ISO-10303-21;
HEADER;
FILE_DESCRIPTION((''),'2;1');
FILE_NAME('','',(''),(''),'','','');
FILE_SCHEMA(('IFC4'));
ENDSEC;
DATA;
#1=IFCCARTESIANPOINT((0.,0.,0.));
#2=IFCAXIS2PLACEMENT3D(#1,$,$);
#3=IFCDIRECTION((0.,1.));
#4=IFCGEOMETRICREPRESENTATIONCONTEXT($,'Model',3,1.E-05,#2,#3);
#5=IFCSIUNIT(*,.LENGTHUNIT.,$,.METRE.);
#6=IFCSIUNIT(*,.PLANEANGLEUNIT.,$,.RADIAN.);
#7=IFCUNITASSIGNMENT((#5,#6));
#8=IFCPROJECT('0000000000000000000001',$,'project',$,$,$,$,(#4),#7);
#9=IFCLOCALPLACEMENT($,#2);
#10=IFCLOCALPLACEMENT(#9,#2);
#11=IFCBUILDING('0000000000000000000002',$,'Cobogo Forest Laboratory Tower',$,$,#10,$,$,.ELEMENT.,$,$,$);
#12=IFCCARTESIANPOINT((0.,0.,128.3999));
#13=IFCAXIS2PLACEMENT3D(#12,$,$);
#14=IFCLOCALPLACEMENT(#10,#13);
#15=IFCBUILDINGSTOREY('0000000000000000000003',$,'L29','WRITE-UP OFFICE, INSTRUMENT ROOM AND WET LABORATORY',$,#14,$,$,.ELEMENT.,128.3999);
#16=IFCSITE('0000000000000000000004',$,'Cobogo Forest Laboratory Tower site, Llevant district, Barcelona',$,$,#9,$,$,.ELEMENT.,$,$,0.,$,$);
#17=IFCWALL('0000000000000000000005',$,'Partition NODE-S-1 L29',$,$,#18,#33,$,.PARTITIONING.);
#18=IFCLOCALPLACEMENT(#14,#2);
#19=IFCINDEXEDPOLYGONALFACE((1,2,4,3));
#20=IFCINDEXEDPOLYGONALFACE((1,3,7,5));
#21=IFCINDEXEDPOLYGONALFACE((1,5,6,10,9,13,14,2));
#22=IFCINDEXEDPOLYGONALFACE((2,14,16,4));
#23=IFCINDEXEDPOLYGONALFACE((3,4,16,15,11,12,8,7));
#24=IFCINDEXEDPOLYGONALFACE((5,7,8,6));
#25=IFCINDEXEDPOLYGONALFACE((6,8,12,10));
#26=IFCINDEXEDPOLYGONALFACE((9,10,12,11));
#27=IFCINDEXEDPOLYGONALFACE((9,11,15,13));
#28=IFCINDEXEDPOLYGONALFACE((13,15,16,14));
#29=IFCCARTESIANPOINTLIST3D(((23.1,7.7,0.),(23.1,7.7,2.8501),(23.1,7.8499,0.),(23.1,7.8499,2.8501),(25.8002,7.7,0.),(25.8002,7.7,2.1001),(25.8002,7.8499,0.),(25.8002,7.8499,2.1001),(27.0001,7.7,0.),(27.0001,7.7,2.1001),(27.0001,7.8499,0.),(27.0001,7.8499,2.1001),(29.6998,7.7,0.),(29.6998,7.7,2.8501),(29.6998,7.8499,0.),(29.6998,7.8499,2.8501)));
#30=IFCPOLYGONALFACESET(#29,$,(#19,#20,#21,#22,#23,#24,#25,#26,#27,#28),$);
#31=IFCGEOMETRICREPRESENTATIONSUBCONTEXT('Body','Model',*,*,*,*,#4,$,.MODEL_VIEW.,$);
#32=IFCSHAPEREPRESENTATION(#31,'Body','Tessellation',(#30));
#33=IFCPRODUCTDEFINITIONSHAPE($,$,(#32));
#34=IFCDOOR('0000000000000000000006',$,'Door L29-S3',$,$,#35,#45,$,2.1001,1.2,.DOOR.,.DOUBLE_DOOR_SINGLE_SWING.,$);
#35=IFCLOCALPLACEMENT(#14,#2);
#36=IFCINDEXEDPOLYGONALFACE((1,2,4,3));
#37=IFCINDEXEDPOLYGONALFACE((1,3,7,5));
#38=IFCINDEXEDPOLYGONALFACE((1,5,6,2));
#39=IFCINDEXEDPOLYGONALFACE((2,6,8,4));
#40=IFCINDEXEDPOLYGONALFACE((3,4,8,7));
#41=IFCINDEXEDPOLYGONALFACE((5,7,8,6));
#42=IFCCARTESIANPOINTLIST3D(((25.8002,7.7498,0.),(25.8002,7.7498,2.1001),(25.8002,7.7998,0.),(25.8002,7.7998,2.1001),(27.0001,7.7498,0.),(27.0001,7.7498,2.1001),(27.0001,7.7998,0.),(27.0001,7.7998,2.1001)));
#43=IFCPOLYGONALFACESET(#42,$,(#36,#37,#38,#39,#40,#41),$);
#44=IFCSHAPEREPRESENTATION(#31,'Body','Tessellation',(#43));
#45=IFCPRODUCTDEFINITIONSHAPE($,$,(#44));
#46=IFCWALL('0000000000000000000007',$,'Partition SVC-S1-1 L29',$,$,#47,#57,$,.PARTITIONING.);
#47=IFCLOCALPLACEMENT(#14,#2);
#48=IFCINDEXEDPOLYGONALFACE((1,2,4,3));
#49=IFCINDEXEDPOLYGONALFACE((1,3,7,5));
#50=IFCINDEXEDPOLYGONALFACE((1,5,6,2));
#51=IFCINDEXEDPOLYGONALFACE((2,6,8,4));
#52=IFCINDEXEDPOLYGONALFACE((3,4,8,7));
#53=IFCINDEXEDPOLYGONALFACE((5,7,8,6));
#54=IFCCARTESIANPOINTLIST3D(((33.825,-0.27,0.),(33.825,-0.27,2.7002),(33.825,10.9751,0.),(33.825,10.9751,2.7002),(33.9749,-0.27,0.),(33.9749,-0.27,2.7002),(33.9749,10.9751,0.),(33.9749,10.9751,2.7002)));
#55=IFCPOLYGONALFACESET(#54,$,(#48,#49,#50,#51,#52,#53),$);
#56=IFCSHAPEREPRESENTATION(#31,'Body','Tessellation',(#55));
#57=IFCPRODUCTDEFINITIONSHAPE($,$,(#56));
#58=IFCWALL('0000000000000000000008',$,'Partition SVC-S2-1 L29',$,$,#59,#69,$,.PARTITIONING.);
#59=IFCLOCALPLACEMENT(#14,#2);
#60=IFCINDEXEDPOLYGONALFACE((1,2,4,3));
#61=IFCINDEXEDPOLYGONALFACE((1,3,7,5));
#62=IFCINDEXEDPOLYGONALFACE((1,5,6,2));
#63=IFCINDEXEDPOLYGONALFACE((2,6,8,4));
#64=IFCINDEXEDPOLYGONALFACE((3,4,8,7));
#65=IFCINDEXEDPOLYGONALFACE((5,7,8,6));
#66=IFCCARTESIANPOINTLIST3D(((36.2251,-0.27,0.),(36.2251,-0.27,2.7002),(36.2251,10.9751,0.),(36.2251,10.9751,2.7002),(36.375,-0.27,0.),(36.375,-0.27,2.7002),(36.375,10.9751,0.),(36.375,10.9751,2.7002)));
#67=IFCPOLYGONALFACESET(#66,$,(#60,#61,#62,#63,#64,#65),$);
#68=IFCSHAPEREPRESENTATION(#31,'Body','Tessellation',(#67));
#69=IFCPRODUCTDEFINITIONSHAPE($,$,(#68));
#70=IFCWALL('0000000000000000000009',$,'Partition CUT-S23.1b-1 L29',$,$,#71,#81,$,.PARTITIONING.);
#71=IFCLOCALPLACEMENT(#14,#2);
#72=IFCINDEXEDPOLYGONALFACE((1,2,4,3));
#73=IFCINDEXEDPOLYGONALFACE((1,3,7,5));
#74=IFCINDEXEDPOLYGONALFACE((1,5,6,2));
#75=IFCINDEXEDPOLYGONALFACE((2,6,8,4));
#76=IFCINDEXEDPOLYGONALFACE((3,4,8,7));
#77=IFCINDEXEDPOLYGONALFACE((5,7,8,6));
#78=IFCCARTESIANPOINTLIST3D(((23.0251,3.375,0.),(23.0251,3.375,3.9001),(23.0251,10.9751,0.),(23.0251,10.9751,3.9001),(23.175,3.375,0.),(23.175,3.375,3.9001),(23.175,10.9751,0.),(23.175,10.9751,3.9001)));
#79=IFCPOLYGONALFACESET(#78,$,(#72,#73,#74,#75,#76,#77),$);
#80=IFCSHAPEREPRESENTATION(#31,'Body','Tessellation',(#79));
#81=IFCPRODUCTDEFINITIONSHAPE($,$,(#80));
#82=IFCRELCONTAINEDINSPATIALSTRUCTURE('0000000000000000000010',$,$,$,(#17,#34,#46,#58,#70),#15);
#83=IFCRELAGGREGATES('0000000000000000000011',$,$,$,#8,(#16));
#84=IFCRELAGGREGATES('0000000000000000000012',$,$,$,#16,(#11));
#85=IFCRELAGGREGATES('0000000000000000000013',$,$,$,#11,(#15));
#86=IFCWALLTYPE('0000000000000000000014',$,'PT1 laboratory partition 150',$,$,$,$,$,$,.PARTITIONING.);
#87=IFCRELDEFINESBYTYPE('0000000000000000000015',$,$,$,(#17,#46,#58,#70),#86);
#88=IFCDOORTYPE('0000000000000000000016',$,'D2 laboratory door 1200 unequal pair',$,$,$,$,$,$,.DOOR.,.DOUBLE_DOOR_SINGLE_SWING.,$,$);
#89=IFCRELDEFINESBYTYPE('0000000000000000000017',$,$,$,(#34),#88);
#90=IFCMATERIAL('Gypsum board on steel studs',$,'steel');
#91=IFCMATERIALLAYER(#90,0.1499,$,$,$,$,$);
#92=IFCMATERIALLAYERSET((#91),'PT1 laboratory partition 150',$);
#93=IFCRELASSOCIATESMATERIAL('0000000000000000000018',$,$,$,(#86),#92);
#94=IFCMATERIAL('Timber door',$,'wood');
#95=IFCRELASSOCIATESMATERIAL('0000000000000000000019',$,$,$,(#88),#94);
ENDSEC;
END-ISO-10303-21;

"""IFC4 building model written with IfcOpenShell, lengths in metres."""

from ifc_helpers import new_model, si_unit, direction, frame, frame_2d, origin, place, context, subcontext, project, spatial, rectangle, extrude, material, layer, layer_set, type_object, element, fill, save


model = new_model("IFC4")

# Units and contexts
model_context = context("Model", 3, precision=1e-05, world=origin(), true_north=direction((0.0, 1.0)))
body_context = subcontext(model_context, "Body", "Model", "MODEL_VIEW")
ifc_project = project(units=[si_unit("LENGTHUNIT", "METRE"), si_unit("PLANEANGLEUNIT", "RADIAN")], contexts=[model_context])

# Site, building, storey
site_placement = place(None, origin())
site = spatial("IfcSite", under=ifc_project, at=site_placement, Name="Cobogo Forest Laboratory Tower site, Llevant district, Barcelona", CompositionType="ELEMENT", RefElevation=0.0)
building_placement = place(site_placement, origin())
building = spatial("IfcBuilding", under=site, at=building_placement, Name="Cobogo Forest Laboratory Tower", CompositionType="ELEMENT")
storey_placement = place(building_placement, frame((0.0, 0.0, 128.3999)))
storey = spatial("IfcBuildingStorey", under=building, at=storey_placement, Name="L29", Description="WRITE-UP OFFICE, INSTRUMENT ROOM AND WET LABORATORY", CompositionType="ELEMENT", Elevation=128.3999)

# Shared definitions
ifc_material_1 = material(Name="Gypsum board on steel studs", Category="steel")
ifc_layer = layer(ifc_material_1, 0.1499)
ifc_layer_set = layer_set([ifc_layer], Name="PT1 laboratory partition 150")
wall_type = type_object("IfcWallType", Name="PT1 laboratory partition 150", PredefinedType="PARTITIONING", material=ifc_layer_set)

# Wall, opening, door
wall_1_placement = place(storey_placement, frame((23.1001, 7.7749, 0.0), z_axis=(0.0, 0.0, 1.0), x_axis=(1.0, 0.0, 0.0)))
wall_1 = element("IfcWall", 1, at=wall_1_placement, inside=storey, type_object=wall_type, Name="Partition NODE-S-1 L29", PredefinedType="PARTITIONING", context=body_context, shape_type="SweptSolid", body=[
    extrude(rectangle(XDim=6.5999, YDim=0.1499, at=frame_2d((3.2998, 0.0))), origin(), (0.0, 0.0, 1.0), 2.8501),
])
opening_1_placement = place(wall_1_placement, frame((2.7, 0.0, 0.0)))
opening_1 = element("IfcOpeningElement", 2, at=opening_1_placement, cuts=wall_1, PredefinedType="OPENING", context=body_context, shape_type="SweptSolid", body=[
    extrude(rectangle(XDim=1.2, YDim=2.1001, at=frame_2d((0.6001, 1.05))), frame((0.0, 0.085, 0.0), z_axis=(0.0, -1.0, 0.0), x_axis=(1.0, 0.0, 0.0)), (0.0, 0.0, 1.0), 0.1699),
])
ifc_material_2 = material(Name="Timber door", Category="wood")
door_type_1 = type_object("IfcDoorType", Name="D2 laboratory door 1200 unequal pair", OperationType="DOUBLE_DOOR_SINGLE_SWING", PredefinedType="DOOR", material=ifc_material_2)
door_1_placement = place(opening_1_placement, origin())
door_1 = element("IfcDoor", 3, at=door_1_placement, inside=storey, type_object=door_type_1, Name="Door L29-S3", OperationType="DOUBLE_DOOR_SINGLE_SWING", OverallHeight=2.1001, OverallWidth=1.2, PredefinedType="DOOR", context=body_context, shape_type="SweptSolid", body=[
    extrude(rectangle(XDim=1.2, YDim=2.1001, at=frame_2d((0.6001, 1.05))), frame((0.0, 0.0249, 0.0), z_axis=(0.0, -1.0, 0.0), x_axis=(1.0, 0.0, 0.0)), (0.0, 0.0, 1.0), 0.05),
])
fill(opening_1, door_1)

# Walls
for number, where, z_axis, x_axis, name in (
    (4, (33.8999, -0.27, 0.0), (0.0, 0.0, 1.0), (0.0, 1.0, 0.0), "Partition SVC-S1-1 L29"),
    (5, (36.3, -0.27, 0.0), (0.0, 0.0, 1.0), (0.0, 1.0, 0.0), "Partition SVC-S2-1 L29"),
):
    element("IfcWall", number, at=place(storey_placement, frame(where, z_axis=z_axis, x_axis=x_axis)), inside=storey, type_object=wall_type, Name=name, PredefinedType="PARTITIONING", context=body_context, shape_type="SweptSolid", body=[
        extrude(rectangle(XDim=11.2451, YDim=0.1499, at=frame_2d((5.6226, 0.0))), origin(), (0.0, 0.0, 1.0), 2.7002),
    ])
wall_2_placement = place(storey_placement, frame((23.1001, 3.375, 0.0), z_axis=(0.0, 0.0, 1.0), x_axis=(0.0, 1.0, 0.0)))
element("IfcWall", 6, at=wall_2_placement, inside=storey, type_object=wall_type, Name="Partition CUT-S23.1b-1 L29", PredefinedType="PARTITIONING", context=body_context, shape_type="SweptSolid", body=[
    extrude(rectangle(XDim=7.6001, YDim=0.1499, at=frame_2d((3.8, 0.0))), origin(), (0.0, 0.0, 1.0), 3.9001),
])

save(model, "model.ifc")
